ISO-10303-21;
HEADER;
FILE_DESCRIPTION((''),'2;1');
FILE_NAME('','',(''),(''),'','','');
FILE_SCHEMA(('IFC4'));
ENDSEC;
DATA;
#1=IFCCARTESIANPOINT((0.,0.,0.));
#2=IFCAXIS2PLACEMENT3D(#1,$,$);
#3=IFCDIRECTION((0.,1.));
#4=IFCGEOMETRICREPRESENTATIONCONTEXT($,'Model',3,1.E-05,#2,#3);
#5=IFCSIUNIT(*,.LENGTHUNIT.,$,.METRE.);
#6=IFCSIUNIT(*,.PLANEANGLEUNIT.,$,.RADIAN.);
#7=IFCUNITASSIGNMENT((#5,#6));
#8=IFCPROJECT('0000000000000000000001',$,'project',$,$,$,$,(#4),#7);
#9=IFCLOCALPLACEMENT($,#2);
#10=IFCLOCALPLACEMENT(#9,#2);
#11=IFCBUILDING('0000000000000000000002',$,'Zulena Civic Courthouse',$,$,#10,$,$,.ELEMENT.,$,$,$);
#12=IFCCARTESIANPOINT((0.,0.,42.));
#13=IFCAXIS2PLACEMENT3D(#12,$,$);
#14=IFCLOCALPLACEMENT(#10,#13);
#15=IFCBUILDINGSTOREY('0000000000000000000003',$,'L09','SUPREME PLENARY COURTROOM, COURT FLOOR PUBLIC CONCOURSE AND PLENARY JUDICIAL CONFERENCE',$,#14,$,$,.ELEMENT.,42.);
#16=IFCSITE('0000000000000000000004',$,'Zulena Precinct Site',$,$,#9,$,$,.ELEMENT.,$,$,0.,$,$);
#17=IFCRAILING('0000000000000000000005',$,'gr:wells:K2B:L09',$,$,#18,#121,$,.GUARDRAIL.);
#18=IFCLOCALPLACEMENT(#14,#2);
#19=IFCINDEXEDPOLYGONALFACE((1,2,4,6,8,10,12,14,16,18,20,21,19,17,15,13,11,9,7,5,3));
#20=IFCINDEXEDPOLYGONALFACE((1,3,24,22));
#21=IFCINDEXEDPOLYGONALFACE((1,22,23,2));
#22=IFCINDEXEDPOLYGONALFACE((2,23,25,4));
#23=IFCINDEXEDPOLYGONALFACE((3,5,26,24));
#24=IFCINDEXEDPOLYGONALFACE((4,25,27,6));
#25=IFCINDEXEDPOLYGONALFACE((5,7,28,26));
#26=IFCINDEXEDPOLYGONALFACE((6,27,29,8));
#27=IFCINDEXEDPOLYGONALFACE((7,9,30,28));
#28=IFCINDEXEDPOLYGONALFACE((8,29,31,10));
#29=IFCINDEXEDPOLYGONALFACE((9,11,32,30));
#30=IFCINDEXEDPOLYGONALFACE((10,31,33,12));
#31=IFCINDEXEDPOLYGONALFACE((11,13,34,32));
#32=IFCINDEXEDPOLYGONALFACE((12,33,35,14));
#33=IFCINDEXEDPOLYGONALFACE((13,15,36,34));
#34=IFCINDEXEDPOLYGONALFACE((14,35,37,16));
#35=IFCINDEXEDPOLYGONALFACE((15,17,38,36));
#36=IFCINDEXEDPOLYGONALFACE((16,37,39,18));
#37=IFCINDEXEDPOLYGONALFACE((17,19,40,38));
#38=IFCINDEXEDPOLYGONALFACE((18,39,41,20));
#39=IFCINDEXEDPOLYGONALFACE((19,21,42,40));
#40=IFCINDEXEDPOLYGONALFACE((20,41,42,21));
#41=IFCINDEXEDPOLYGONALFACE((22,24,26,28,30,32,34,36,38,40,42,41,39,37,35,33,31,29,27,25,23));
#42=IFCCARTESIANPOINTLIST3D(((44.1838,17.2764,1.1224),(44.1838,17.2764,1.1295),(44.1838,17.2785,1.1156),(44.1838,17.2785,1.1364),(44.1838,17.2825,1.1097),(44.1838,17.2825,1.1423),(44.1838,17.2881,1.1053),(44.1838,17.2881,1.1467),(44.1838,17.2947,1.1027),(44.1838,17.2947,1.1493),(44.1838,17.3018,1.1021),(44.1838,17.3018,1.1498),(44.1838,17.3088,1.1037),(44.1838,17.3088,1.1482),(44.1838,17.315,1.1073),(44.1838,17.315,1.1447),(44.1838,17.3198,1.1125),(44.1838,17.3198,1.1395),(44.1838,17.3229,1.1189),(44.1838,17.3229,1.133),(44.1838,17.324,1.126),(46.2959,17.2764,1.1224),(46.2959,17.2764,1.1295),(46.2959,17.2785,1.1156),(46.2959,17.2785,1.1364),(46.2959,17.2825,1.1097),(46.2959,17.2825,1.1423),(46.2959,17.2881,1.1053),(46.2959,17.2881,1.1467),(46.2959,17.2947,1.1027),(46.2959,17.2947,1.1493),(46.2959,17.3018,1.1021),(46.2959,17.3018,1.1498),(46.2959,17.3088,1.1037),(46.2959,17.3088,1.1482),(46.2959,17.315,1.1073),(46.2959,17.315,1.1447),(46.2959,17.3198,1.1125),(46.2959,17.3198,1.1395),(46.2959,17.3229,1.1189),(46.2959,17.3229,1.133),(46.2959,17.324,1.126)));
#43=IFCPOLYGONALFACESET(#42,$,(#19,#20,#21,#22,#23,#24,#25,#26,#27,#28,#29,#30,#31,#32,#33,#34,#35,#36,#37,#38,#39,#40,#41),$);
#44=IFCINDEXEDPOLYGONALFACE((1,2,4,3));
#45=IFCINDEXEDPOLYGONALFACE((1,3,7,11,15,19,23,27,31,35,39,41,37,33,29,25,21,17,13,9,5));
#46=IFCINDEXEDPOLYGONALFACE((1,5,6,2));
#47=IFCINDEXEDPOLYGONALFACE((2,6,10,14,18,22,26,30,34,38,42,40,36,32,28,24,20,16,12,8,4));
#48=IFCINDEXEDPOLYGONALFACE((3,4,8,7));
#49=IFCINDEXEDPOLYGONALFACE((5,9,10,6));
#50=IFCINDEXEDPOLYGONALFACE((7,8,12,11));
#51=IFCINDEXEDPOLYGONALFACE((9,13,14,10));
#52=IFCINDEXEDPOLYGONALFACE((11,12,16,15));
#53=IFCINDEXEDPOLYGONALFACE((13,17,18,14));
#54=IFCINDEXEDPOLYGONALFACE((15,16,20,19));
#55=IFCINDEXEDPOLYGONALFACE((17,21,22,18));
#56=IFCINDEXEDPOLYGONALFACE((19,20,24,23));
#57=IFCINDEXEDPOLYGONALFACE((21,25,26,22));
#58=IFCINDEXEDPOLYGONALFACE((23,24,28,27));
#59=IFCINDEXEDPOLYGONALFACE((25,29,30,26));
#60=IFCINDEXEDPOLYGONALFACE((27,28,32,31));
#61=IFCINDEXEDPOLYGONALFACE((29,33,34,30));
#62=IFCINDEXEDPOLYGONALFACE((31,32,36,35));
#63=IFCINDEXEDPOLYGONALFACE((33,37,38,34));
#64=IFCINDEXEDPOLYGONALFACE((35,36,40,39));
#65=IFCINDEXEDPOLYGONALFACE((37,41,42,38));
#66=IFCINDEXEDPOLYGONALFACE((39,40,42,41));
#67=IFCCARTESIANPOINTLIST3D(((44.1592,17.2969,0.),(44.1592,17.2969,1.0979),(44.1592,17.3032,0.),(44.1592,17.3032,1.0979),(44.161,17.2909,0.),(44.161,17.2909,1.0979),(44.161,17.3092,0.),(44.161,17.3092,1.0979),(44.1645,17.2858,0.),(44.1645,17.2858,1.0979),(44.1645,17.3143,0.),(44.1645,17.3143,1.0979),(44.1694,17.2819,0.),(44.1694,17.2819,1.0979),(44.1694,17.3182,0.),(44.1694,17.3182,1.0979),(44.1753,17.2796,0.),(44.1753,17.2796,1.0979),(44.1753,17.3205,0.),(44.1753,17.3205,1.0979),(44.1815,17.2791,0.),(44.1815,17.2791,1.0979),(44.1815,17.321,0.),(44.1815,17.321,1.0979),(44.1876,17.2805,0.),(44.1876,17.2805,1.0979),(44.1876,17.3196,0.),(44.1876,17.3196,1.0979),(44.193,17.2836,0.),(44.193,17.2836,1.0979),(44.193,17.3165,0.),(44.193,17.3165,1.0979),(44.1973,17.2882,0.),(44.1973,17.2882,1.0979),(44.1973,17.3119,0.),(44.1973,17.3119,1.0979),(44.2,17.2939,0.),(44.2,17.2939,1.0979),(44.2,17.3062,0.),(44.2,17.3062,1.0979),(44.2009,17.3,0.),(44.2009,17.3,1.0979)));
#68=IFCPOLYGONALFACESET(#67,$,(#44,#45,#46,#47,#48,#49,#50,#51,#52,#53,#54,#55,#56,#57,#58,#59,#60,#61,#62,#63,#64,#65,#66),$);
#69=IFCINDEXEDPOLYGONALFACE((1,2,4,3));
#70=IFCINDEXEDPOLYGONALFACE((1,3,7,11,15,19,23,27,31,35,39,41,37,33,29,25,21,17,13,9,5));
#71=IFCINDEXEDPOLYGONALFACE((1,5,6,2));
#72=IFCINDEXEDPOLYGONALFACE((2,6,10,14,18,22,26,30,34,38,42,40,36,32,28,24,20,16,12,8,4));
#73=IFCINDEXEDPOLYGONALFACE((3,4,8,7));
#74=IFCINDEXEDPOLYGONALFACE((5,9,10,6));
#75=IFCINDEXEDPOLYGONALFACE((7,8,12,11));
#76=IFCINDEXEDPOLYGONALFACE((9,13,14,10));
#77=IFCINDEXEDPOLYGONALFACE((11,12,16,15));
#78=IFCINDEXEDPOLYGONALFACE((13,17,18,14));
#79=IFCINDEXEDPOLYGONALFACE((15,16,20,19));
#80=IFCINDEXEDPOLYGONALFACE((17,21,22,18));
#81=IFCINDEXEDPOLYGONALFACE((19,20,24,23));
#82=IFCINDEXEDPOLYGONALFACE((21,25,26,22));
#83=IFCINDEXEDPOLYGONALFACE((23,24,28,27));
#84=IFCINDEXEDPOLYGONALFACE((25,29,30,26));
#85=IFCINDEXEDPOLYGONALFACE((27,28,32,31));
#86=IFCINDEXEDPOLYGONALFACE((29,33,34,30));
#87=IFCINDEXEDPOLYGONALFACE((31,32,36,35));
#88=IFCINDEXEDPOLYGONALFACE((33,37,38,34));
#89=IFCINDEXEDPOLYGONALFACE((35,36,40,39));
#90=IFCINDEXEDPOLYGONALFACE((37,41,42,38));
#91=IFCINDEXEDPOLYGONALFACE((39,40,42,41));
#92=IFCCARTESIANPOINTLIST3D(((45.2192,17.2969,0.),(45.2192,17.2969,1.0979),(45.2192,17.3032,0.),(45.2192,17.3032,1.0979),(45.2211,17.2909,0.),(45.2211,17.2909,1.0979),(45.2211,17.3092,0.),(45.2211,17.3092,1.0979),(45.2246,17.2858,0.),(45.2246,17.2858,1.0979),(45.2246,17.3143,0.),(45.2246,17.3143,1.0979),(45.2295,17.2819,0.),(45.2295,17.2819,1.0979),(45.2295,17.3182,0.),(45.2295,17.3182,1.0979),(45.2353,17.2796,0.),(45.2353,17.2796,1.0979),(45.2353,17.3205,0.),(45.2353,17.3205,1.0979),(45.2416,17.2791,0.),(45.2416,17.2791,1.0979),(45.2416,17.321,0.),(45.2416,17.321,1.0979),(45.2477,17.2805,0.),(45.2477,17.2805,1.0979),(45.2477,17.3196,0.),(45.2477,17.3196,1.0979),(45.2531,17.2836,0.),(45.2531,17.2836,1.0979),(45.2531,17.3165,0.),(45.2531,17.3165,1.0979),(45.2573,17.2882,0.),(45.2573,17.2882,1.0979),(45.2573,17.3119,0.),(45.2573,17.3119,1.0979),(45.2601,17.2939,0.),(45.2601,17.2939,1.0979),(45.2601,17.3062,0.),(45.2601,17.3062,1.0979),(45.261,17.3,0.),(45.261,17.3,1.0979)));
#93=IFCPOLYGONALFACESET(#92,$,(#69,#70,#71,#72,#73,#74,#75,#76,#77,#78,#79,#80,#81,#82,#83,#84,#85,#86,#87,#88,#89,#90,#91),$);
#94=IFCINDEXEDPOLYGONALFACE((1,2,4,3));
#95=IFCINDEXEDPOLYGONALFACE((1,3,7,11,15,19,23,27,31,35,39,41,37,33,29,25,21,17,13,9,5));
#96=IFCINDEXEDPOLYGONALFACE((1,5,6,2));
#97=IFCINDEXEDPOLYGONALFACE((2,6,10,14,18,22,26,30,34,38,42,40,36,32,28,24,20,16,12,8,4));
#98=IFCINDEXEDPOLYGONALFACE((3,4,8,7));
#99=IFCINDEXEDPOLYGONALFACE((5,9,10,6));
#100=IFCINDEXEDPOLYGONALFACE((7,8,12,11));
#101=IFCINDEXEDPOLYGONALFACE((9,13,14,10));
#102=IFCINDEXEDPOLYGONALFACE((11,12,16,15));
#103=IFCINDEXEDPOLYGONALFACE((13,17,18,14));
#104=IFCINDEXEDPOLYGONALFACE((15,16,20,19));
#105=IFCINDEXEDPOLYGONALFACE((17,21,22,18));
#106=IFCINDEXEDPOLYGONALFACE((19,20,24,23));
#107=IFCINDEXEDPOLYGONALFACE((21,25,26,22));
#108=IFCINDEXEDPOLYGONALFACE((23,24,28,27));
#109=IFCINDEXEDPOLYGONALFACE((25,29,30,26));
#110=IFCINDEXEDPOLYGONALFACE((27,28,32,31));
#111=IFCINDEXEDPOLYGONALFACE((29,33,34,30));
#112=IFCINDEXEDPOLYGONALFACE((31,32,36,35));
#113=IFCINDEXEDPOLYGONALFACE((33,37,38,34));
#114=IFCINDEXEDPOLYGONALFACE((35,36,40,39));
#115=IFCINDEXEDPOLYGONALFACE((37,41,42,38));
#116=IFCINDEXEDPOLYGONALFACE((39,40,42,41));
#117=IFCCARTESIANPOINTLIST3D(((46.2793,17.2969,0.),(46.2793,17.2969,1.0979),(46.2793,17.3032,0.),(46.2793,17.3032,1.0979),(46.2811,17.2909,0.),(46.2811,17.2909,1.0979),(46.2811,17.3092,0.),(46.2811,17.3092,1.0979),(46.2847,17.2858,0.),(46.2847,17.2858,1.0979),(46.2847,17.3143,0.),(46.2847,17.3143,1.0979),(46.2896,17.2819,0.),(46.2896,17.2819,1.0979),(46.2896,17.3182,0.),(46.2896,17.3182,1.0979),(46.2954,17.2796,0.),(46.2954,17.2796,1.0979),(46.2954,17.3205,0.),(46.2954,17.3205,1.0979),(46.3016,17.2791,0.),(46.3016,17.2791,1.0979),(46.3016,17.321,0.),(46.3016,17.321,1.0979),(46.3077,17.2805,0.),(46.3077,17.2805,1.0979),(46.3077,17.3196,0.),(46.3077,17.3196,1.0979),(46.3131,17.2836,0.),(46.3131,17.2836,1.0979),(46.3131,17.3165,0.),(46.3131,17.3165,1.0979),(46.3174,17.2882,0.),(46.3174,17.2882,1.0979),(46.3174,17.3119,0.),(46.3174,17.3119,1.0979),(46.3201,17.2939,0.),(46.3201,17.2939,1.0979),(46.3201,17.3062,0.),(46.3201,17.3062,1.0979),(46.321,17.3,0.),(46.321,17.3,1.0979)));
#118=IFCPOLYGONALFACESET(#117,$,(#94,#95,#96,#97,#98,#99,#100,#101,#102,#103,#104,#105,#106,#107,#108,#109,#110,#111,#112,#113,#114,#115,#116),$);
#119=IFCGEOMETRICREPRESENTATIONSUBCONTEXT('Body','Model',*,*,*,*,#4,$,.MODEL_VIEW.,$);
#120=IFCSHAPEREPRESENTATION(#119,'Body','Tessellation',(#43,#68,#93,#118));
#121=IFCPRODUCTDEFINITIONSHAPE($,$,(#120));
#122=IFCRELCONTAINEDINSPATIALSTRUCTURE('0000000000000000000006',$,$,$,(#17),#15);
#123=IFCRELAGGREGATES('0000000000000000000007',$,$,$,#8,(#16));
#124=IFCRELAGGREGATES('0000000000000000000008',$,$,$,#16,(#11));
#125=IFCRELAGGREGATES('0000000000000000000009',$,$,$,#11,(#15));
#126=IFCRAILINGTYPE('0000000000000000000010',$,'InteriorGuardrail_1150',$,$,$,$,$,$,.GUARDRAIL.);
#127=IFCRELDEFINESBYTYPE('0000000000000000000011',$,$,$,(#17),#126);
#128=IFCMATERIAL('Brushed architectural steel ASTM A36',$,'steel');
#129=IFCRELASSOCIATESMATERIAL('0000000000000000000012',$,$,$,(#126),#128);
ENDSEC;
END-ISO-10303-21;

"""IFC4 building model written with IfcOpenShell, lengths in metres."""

from ifc_helpers import new_model, si_unit, direction, frame, origin, origin_2d, place, context, subcontext, project, spatial, circle, extrude, material, type_object, element, save


model = new_model("IFC4")

# Units and contexts
model_context = context("Model", 3, precision=1e-05, world=origin(), true_north=direction((0.0, 1.0)))
body_context = subcontext(model_context, "Body", "Model", "MODEL_VIEW")
ifc_project = project(units=[si_unit("LENGTHUNIT", "METRE"), si_unit("PLANEANGLEUNIT", "RADIAN")], contexts=[model_context])

# Site, building, storey
site_placement = place(None, origin())
site = spatial("IfcSite", under=ifc_project, at=site_placement, Name="Zulena Precinct Site", CompositionType="ELEMENT", RefElevation=0.0)
building_placement = place(site_placement, origin())
building = spatial("IfcBuilding", under=site, at=building_placement, Name="Zulena Civic Courthouse", CompositionType="ELEMENT")
storey_placement = place(building_placement, frame((0.0, 0.0, 42.0)))
storey = spatial("IfcBuildingStorey", under=building, at=storey_placement, Name="L09", Description="SUPREME PLENARY COURTROOM, COURT FLOOR PUBLIC CONCOURSE AND PLENARY JUDICIAL CONFERENCE", CompositionType="ELEMENT", Elevation=42.0)

# Railing
ifc_material_1 = material(Name="Brushed architectural steel ASTM A36", Category="steel")
railing_type = type_object("IfcRailingType", Name="InteriorGuardrail_1150", PredefinedType="GUARDRAIL", material=ifc_material_1)
railing_placement = place(storey_placement, frame((44.1799, 17.3, 0.0)))
element("IfcRailing", 1, at=railing_placement, inside=storey, type_object=railing_type, Name="gr:wells:K2B:L09", PredefinedType="GUARDRAIL", context=body_context, shape_type="SweptSolid", body=[
    extrude(circle(Radius=0.0239, at=origin_2d()), frame((0.0039, 0.0, 1.126), z_axis=(1.0, 0.0, 0.0), x_axis=(0.0, 1.0, 0.0)), (0.0, 0.0, 1.0), 2.1121),
    extrude(circle(Radius=0.021, at=origin_2d()), origin(), (0.0, 0.0, 1.0), 1.0979),
    extrude(circle(Radius=0.021, at=origin_2d()), frame((1.0601, 0.0, 0.0)), (0.0, 0.0, 1.0), 1.0979),
    extrude(circle(Radius=0.021, at=origin_2d()), frame((2.1201, 0.0, 0.0)), (0.0, 0.0, 1.0), 1.0979),
])

save(model, "model.ifc")
